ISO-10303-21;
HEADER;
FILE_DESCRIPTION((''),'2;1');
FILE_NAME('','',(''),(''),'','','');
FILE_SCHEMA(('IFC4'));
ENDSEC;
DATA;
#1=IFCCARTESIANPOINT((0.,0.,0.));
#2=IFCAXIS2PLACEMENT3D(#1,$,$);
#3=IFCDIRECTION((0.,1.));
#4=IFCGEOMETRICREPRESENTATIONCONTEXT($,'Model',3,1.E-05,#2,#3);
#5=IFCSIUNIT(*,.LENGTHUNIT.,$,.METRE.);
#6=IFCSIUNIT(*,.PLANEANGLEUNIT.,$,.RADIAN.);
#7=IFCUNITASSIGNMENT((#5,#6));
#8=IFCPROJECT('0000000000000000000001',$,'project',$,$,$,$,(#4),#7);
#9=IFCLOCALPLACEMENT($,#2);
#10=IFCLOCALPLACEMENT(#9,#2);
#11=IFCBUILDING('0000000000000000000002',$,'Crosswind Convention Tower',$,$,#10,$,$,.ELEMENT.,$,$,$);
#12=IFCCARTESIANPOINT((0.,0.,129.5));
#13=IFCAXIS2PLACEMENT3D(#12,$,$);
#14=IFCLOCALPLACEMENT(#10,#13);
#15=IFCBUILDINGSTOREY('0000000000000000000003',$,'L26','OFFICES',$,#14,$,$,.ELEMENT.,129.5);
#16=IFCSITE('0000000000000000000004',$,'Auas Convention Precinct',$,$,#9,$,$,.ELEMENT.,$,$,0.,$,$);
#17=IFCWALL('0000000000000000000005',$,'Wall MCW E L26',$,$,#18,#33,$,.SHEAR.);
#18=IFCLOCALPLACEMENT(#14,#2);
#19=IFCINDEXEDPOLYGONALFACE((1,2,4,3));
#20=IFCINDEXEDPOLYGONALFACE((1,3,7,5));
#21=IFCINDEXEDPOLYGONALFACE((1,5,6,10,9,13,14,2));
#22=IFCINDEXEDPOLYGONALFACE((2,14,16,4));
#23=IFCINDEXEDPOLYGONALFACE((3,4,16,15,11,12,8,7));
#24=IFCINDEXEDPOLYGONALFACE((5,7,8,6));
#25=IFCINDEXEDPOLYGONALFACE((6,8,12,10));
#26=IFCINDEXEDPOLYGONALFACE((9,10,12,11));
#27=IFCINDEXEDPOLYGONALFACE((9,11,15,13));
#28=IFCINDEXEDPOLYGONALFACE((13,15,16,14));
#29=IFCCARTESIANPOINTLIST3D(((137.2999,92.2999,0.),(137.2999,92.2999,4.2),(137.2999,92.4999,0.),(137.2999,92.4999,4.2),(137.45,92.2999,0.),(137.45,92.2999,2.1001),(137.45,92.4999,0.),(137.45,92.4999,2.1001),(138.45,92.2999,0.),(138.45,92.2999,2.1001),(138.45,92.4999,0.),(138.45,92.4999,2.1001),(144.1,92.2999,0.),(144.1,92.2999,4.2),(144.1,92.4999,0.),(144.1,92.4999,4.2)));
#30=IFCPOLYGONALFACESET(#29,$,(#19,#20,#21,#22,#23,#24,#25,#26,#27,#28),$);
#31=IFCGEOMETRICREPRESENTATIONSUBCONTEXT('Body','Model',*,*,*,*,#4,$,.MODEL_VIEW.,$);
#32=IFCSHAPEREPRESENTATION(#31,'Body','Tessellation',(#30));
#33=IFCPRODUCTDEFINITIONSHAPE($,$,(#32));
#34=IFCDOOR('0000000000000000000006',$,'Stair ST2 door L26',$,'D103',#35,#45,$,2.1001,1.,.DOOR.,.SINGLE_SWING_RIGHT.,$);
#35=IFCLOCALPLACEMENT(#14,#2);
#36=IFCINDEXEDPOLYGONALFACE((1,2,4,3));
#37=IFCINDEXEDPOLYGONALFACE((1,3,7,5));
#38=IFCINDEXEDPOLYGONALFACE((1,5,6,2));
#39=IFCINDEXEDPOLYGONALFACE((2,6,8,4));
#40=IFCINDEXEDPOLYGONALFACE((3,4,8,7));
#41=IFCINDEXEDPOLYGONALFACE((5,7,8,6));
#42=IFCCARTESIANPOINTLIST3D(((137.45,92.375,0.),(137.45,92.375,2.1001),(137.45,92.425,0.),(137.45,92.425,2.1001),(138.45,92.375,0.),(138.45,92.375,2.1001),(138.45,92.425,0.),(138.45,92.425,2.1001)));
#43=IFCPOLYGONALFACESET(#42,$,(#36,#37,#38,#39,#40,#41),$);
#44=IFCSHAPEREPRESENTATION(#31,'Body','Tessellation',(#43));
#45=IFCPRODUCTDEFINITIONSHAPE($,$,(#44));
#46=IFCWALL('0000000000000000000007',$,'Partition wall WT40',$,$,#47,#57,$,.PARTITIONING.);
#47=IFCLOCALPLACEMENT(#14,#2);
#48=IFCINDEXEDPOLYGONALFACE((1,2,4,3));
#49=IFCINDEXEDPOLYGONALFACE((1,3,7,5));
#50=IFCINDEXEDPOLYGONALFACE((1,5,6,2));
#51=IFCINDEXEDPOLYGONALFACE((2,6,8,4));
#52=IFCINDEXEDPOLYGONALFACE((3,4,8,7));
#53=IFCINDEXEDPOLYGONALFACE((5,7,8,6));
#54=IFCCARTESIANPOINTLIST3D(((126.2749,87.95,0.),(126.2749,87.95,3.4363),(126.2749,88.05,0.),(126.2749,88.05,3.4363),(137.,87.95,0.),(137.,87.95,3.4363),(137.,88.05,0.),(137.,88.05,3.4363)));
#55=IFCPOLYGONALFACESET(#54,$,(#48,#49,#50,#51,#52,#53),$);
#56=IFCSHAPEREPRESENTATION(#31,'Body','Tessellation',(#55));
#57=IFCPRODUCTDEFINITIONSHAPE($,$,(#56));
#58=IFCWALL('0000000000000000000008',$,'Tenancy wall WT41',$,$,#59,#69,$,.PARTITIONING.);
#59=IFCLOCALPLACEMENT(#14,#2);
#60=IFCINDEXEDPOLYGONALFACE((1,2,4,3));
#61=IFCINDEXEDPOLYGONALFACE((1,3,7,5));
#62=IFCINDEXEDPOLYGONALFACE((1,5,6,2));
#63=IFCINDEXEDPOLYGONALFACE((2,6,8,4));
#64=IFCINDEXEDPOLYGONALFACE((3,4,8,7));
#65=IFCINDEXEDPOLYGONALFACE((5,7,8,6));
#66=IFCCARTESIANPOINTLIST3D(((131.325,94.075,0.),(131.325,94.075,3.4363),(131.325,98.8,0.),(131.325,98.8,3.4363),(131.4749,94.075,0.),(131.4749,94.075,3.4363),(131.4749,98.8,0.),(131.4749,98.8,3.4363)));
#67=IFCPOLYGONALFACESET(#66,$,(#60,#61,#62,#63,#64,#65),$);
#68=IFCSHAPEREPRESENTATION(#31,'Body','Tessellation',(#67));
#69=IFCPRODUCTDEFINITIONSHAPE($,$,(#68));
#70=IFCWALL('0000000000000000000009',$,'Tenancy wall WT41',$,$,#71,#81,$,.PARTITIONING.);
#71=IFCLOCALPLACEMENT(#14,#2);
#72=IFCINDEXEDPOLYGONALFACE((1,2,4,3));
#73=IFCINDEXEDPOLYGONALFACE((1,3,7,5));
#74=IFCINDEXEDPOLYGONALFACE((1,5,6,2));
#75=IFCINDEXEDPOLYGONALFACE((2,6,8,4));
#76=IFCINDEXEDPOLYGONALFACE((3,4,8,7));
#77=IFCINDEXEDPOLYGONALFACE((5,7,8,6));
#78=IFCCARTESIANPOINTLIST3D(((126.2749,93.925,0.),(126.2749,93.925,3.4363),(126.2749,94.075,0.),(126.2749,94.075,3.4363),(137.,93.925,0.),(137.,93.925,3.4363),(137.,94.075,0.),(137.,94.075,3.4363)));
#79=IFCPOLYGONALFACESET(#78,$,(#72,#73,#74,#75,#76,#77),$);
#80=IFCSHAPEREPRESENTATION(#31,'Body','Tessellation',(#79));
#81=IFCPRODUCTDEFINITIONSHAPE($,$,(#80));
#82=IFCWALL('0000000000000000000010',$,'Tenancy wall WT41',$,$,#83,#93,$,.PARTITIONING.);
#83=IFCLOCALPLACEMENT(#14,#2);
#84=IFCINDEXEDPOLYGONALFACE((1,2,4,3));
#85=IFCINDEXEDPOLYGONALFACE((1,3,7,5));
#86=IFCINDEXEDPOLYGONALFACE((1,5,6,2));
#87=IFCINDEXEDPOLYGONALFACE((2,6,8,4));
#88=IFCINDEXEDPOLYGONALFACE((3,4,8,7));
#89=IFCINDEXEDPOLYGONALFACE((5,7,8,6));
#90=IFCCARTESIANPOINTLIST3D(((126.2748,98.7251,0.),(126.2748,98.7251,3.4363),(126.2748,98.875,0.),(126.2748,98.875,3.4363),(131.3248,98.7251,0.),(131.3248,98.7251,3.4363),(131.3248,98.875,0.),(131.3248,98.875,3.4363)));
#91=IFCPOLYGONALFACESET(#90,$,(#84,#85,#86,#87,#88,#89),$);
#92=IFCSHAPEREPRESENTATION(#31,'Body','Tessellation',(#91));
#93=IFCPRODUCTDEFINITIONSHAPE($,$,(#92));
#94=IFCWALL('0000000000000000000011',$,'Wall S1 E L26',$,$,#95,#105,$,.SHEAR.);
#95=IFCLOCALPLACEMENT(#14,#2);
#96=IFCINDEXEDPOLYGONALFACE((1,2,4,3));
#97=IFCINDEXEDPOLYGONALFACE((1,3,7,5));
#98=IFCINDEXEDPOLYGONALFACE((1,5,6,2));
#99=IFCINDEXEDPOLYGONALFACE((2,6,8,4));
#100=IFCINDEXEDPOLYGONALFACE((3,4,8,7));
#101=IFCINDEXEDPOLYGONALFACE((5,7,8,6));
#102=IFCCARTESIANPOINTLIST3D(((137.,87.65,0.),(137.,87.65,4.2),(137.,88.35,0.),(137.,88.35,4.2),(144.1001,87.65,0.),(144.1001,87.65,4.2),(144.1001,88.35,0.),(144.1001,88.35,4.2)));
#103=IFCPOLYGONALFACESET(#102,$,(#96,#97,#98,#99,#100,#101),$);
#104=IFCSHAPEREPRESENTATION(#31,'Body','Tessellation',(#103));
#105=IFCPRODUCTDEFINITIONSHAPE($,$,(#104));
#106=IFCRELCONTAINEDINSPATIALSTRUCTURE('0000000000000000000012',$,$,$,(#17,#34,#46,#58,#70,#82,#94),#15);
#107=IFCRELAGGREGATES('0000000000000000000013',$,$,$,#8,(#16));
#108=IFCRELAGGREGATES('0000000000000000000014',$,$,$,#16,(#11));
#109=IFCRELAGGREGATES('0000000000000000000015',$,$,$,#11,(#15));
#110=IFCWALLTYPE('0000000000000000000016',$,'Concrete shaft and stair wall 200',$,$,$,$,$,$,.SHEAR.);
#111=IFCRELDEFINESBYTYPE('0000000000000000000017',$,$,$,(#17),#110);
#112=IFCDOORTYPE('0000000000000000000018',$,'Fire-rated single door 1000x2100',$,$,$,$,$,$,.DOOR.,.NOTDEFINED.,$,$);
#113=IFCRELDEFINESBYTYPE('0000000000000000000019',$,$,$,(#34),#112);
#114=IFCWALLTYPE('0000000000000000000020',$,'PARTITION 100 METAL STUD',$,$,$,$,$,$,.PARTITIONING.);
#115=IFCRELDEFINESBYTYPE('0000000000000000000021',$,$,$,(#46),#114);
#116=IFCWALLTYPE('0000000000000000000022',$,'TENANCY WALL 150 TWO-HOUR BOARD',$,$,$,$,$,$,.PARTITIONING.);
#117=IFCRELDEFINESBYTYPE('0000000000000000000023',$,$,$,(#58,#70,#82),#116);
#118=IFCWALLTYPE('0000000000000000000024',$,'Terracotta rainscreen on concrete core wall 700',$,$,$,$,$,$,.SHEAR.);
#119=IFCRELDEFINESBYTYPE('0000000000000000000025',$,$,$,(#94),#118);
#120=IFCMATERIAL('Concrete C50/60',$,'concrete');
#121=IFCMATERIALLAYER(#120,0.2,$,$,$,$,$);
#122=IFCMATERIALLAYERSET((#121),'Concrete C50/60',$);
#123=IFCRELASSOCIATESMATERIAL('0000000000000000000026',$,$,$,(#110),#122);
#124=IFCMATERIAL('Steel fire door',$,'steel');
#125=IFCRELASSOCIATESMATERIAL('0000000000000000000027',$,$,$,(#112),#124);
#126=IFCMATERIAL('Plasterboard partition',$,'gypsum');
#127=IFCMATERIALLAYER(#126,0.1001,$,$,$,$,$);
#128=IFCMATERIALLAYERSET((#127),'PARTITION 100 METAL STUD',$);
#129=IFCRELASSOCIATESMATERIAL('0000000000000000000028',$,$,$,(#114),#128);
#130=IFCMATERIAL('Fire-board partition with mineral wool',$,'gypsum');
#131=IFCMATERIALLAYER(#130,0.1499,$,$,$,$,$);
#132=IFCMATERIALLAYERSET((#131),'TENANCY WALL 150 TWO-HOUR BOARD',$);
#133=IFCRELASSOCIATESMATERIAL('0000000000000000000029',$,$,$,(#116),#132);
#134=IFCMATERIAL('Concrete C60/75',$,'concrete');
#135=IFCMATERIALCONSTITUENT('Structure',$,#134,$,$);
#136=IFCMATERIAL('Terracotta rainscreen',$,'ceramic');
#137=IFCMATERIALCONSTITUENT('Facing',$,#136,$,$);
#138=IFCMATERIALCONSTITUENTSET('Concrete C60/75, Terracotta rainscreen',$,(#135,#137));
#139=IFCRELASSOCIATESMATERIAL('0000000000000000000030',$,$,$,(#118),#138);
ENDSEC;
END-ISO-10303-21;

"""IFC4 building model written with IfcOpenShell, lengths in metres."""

from ifc_helpers import new_model, si_unit, direction, frame, frame_2d, origin, place, context, subcontext, project, spatial, rectangle, extrude, material, layer, layer_set, constituent, constituent_set, type_object, element, fill, save


model = new_model("IFC4")

# Units and contexts
model_context = context("Model", 3, precision=1e-05, world=origin(), true_north=direction((0.0, 1.0)))
body_context = subcontext(model_context, "Body", "Model", "MODEL_VIEW")
ifc_project = project(units=[si_unit("LENGTHUNIT", "METRE"), si_unit("PLANEANGLEUNIT", "RADIAN")], contexts=[model_context])

# Site, building, storey
site_placement = place(None, origin())
site = spatial("IfcSite", under=ifc_project, at=site_placement, Name="Auas Convention Precinct", CompositionType="ELEMENT", RefElevation=0.0)
building_placement = place(site_placement, origin())
building = spatial("IfcBuilding", under=site, at=building_placement, Name="Crosswind Convention Tower", CompositionType="ELEMENT")
storey_placement = place(building_placement, frame((0.0, 0.0, 129.5)))
storey = spatial("IfcBuildingStorey", under=building, at=storey_placement, Name="L26", Description="OFFICES", CompositionType="ELEMENT", Elevation=129.5)

# Shared definitions
ifc_material_1 = material(Name="Concrete C50/60", Category="concrete")

# Wall, opening, door
ifc_layer_1 = layer(ifc_material_1, 0.2)
ifc_layer_set_1 = layer_set([ifc_layer_1], Name="Concrete C50/60")
wall_type_1 = type_object("IfcWallType", Name="Concrete shaft and stair wall 200", PredefinedType="SHEAR", material=ifc_layer_set_1)
ifc_material_2 = material(Name="Steel fire door", Category="steel")
wall_1_placement = place(storey_placement, frame((137.3, 92.3999, 0.0), z_axis=(0.0, 0.0, 1.0), x_axis=(1.0, 0.0, 0.0)))
wall_1 = element("IfcWall", 1, at=wall_1_placement, inside=storey, type_object=wall_type_1, Name="Wall MCW E L26", PredefinedType="SHEAR", context=body_context, shape_type="SweptSolid", body=[
    extrude(rectangle(XDim=6.8, YDim=0.2, at=frame_2d((3.3999, 0.0))), origin(), (0.0, 0.0, 1.0), 4.2),
])
opening_1_placement = place(wall_1_placement, frame((0.1499, 0.0, 0.0)))
opening_1 = element("IfcOpeningElement", 2, at=opening_1_placement, cuts=wall_1, PredefinedType="OPENING", context=body_context, shape_type="SweptSolid", body=[
    extrude(rectangle(XDim=1.0, YDim=2.1001, at=frame_2d((0.5, 1.05))), frame((0.0, 0.1099, 0.0), z_axis=(0.0, -1.0, 0.0), x_axis=(1.0, 0.0, 0.0)), (0.0, 0.0, 1.0), 0.22),
])
door_type_1 = type_object("IfcDoorType", Name="Fire-rated single door 1000x2100", OperationType="NOTDEFINED", PredefinedType="DOOR", material=ifc_material_2)
door_1_placement = place(opening_1_placement, frame((1.0, 0.0, 0.0), z_axis=(0.0, 0.0, 1.0), x_axis=(-1.0, 0.0, 0.0)))
door_1 = element("IfcDoor", 3, at=door_1_placement, inside=storey, type_object=door_type_1, Name="Stair ST2 door L26", ObjectType="D103", OperationType="SINGLE_SWING_RIGHT", OverallHeight=2.1001, OverallWidth=1.0, PredefinedType="DOOR", context=body_context, shape_type="SweptSolid", body=[
    extrude(rectangle(XDim=1.0, YDim=2.1001, at=frame_2d((0.5, 1.05))), frame((0.0, 0.0249, 0.0), z_axis=(0.0, -1.0, 0.0), x_axis=(1.0, 0.0, 0.0)), (0.0, 0.0, 1.0), 0.05),
])
fill(opening_1, door_1)

# Walls
ifc_material_3 = material(Name="Plasterboard partition", Category="gypsum")
ifc_layer_2 = layer(ifc_material_3, 0.1001)
ifc_layer_set_2 = layer_set([ifc_layer_2], Name="PARTITION 100 METAL STUD")
wall_type_2 = type_object("IfcWallType", Name="PARTITION 100 METAL STUD", PredefinedType="PARTITIONING", material=ifc_layer_set_2)
wall_2_placement = place(storey_placement, frame((126.2749, 88.0, 0.0), z_axis=(0.0, 0.0, 1.0), x_axis=(1.0, 0.0, 0.0)))
element("IfcWall", 4, at=wall_2_placement, inside=storey, type_object=wall_type_2, Name="Partition wall WT40", PredefinedType="PARTITIONING", context=body_context, shape_type="SweptSolid", body=[
    extrude(rectangle(XDim=10.7251, YDim=0.1001, at=frame_2d((5.3625, 0.0))), origin(), (0.0, 0.0, 1.0), 3.4363),
])
ifc_material_4 = material(Name="Fire-board partition with mineral wool", Category="gypsum")
ifc_layer_3 = layer(ifc_material_4, 0.1499)
ifc_layer_set_3 = layer_set([ifc_layer_3], Name="TENANCY WALL 150 TWO-HOUR BOARD")
wall_type_3 = type_object("IfcWallType", Name="TENANCY WALL 150 TWO-HOUR BOARD", PredefinedType="PARTITIONING", material=ifc_layer_set_3)
wall_3_placement = place(storey_placement, frame((131.3999, 94.075, 0.0), z_axis=(0.0, 0.0, 1.0), x_axis=(0.0, 1.0, 0.0)))
element("IfcWall", 5, at=wall_3_placement, inside=storey, type_object=wall_type_3, Name="Tenancy wall WT41", PredefinedType="PARTITIONING", context=body_context, shape_type="SweptSolid", body=[
    extrude(rectangle(XDim=4.7251, YDim=0.1499, at=frame_2d((2.3625, 0.0))), origin(), (0.0, 0.0, 1.0), 3.4363),
])
wall_4_placement = place(storey_placement, frame((126.2749, 94.0, 0.0), z_axis=(0.0, 0.0, 1.0), x_axis=(1.0, 0.0, 0.0)))
element("IfcWall", 6, at=wall_4_placement, inside=storey, type_object=wall_type_3, Name="Tenancy wall WT41", PredefinedType="PARTITIONING", context=body_context, shape_type="SweptSolid", body=[
    extrude(rectangle(XDim=10.7251, YDim=0.1499, at=frame_2d((5.3625, 0.0))), origin(), (0.0, 0.0, 1.0), 3.4363),
])
wall_5_placement = place(storey_placement, frame((126.2749, 98.8, 0.0), z_axis=(0.0, 0.0, 1.0), x_axis=(1.0, 0.0, 0.0)))
element("IfcWall", 7, at=wall_5_placement, inside=storey, type_object=wall_type_3, Name="Tenancy wall WT41", PredefinedType="PARTITIONING", context=body_context, shape_type="SweptSolid", body=[
    extrude(rectangle(XDim=5.05, YDim=0.1499, at=frame_2d((2.5249, 0.0))), origin(), (0.0, 0.0, 1.0), 3.4363),
])
ifc_material_5 = material(Name="Concrete C60/75", Category="concrete")
ifc_constituent_1 = constituent(ifc_material_5, Name="Structure")
ifc_material_6 = material(Name="Terracotta rainscreen", Category="ceramic")
ifc_constituent_2 = constituent(ifc_material_6, Name="Facing")
ifc_constituent_set = constituent_set(constituents=[ifc_constituent_1, ifc_constituent_2], Name="Concrete C60/75, Terracotta rainscreen")
wall_type_4 = type_object("IfcWallType", Name="Terracotta rainscreen on concrete core wall 700", PredefinedType="SHEAR", material=ifc_constituent_set)
wall_6_placement = place(storey_placement, frame((137.0, 88.0, 0.0), z_axis=(0.0, 0.0, 1.0), x_axis=(1.0, 0.0, 0.0)))
element("IfcWall", 8, at=wall_6_placement, inside=storey, type_object=wall_type_4, Name="Wall S1 E L26", PredefinedType="SHEAR", context=body_context, shape_type="SweptSolid", body=[
    extrude(rectangle(XDim=7.1001, YDim=0.7, at=frame_2d((3.55, 0.0))), origin(), (0.0, 0.0, 1.0), 4.2),
])

save(model, "model.ifc")
